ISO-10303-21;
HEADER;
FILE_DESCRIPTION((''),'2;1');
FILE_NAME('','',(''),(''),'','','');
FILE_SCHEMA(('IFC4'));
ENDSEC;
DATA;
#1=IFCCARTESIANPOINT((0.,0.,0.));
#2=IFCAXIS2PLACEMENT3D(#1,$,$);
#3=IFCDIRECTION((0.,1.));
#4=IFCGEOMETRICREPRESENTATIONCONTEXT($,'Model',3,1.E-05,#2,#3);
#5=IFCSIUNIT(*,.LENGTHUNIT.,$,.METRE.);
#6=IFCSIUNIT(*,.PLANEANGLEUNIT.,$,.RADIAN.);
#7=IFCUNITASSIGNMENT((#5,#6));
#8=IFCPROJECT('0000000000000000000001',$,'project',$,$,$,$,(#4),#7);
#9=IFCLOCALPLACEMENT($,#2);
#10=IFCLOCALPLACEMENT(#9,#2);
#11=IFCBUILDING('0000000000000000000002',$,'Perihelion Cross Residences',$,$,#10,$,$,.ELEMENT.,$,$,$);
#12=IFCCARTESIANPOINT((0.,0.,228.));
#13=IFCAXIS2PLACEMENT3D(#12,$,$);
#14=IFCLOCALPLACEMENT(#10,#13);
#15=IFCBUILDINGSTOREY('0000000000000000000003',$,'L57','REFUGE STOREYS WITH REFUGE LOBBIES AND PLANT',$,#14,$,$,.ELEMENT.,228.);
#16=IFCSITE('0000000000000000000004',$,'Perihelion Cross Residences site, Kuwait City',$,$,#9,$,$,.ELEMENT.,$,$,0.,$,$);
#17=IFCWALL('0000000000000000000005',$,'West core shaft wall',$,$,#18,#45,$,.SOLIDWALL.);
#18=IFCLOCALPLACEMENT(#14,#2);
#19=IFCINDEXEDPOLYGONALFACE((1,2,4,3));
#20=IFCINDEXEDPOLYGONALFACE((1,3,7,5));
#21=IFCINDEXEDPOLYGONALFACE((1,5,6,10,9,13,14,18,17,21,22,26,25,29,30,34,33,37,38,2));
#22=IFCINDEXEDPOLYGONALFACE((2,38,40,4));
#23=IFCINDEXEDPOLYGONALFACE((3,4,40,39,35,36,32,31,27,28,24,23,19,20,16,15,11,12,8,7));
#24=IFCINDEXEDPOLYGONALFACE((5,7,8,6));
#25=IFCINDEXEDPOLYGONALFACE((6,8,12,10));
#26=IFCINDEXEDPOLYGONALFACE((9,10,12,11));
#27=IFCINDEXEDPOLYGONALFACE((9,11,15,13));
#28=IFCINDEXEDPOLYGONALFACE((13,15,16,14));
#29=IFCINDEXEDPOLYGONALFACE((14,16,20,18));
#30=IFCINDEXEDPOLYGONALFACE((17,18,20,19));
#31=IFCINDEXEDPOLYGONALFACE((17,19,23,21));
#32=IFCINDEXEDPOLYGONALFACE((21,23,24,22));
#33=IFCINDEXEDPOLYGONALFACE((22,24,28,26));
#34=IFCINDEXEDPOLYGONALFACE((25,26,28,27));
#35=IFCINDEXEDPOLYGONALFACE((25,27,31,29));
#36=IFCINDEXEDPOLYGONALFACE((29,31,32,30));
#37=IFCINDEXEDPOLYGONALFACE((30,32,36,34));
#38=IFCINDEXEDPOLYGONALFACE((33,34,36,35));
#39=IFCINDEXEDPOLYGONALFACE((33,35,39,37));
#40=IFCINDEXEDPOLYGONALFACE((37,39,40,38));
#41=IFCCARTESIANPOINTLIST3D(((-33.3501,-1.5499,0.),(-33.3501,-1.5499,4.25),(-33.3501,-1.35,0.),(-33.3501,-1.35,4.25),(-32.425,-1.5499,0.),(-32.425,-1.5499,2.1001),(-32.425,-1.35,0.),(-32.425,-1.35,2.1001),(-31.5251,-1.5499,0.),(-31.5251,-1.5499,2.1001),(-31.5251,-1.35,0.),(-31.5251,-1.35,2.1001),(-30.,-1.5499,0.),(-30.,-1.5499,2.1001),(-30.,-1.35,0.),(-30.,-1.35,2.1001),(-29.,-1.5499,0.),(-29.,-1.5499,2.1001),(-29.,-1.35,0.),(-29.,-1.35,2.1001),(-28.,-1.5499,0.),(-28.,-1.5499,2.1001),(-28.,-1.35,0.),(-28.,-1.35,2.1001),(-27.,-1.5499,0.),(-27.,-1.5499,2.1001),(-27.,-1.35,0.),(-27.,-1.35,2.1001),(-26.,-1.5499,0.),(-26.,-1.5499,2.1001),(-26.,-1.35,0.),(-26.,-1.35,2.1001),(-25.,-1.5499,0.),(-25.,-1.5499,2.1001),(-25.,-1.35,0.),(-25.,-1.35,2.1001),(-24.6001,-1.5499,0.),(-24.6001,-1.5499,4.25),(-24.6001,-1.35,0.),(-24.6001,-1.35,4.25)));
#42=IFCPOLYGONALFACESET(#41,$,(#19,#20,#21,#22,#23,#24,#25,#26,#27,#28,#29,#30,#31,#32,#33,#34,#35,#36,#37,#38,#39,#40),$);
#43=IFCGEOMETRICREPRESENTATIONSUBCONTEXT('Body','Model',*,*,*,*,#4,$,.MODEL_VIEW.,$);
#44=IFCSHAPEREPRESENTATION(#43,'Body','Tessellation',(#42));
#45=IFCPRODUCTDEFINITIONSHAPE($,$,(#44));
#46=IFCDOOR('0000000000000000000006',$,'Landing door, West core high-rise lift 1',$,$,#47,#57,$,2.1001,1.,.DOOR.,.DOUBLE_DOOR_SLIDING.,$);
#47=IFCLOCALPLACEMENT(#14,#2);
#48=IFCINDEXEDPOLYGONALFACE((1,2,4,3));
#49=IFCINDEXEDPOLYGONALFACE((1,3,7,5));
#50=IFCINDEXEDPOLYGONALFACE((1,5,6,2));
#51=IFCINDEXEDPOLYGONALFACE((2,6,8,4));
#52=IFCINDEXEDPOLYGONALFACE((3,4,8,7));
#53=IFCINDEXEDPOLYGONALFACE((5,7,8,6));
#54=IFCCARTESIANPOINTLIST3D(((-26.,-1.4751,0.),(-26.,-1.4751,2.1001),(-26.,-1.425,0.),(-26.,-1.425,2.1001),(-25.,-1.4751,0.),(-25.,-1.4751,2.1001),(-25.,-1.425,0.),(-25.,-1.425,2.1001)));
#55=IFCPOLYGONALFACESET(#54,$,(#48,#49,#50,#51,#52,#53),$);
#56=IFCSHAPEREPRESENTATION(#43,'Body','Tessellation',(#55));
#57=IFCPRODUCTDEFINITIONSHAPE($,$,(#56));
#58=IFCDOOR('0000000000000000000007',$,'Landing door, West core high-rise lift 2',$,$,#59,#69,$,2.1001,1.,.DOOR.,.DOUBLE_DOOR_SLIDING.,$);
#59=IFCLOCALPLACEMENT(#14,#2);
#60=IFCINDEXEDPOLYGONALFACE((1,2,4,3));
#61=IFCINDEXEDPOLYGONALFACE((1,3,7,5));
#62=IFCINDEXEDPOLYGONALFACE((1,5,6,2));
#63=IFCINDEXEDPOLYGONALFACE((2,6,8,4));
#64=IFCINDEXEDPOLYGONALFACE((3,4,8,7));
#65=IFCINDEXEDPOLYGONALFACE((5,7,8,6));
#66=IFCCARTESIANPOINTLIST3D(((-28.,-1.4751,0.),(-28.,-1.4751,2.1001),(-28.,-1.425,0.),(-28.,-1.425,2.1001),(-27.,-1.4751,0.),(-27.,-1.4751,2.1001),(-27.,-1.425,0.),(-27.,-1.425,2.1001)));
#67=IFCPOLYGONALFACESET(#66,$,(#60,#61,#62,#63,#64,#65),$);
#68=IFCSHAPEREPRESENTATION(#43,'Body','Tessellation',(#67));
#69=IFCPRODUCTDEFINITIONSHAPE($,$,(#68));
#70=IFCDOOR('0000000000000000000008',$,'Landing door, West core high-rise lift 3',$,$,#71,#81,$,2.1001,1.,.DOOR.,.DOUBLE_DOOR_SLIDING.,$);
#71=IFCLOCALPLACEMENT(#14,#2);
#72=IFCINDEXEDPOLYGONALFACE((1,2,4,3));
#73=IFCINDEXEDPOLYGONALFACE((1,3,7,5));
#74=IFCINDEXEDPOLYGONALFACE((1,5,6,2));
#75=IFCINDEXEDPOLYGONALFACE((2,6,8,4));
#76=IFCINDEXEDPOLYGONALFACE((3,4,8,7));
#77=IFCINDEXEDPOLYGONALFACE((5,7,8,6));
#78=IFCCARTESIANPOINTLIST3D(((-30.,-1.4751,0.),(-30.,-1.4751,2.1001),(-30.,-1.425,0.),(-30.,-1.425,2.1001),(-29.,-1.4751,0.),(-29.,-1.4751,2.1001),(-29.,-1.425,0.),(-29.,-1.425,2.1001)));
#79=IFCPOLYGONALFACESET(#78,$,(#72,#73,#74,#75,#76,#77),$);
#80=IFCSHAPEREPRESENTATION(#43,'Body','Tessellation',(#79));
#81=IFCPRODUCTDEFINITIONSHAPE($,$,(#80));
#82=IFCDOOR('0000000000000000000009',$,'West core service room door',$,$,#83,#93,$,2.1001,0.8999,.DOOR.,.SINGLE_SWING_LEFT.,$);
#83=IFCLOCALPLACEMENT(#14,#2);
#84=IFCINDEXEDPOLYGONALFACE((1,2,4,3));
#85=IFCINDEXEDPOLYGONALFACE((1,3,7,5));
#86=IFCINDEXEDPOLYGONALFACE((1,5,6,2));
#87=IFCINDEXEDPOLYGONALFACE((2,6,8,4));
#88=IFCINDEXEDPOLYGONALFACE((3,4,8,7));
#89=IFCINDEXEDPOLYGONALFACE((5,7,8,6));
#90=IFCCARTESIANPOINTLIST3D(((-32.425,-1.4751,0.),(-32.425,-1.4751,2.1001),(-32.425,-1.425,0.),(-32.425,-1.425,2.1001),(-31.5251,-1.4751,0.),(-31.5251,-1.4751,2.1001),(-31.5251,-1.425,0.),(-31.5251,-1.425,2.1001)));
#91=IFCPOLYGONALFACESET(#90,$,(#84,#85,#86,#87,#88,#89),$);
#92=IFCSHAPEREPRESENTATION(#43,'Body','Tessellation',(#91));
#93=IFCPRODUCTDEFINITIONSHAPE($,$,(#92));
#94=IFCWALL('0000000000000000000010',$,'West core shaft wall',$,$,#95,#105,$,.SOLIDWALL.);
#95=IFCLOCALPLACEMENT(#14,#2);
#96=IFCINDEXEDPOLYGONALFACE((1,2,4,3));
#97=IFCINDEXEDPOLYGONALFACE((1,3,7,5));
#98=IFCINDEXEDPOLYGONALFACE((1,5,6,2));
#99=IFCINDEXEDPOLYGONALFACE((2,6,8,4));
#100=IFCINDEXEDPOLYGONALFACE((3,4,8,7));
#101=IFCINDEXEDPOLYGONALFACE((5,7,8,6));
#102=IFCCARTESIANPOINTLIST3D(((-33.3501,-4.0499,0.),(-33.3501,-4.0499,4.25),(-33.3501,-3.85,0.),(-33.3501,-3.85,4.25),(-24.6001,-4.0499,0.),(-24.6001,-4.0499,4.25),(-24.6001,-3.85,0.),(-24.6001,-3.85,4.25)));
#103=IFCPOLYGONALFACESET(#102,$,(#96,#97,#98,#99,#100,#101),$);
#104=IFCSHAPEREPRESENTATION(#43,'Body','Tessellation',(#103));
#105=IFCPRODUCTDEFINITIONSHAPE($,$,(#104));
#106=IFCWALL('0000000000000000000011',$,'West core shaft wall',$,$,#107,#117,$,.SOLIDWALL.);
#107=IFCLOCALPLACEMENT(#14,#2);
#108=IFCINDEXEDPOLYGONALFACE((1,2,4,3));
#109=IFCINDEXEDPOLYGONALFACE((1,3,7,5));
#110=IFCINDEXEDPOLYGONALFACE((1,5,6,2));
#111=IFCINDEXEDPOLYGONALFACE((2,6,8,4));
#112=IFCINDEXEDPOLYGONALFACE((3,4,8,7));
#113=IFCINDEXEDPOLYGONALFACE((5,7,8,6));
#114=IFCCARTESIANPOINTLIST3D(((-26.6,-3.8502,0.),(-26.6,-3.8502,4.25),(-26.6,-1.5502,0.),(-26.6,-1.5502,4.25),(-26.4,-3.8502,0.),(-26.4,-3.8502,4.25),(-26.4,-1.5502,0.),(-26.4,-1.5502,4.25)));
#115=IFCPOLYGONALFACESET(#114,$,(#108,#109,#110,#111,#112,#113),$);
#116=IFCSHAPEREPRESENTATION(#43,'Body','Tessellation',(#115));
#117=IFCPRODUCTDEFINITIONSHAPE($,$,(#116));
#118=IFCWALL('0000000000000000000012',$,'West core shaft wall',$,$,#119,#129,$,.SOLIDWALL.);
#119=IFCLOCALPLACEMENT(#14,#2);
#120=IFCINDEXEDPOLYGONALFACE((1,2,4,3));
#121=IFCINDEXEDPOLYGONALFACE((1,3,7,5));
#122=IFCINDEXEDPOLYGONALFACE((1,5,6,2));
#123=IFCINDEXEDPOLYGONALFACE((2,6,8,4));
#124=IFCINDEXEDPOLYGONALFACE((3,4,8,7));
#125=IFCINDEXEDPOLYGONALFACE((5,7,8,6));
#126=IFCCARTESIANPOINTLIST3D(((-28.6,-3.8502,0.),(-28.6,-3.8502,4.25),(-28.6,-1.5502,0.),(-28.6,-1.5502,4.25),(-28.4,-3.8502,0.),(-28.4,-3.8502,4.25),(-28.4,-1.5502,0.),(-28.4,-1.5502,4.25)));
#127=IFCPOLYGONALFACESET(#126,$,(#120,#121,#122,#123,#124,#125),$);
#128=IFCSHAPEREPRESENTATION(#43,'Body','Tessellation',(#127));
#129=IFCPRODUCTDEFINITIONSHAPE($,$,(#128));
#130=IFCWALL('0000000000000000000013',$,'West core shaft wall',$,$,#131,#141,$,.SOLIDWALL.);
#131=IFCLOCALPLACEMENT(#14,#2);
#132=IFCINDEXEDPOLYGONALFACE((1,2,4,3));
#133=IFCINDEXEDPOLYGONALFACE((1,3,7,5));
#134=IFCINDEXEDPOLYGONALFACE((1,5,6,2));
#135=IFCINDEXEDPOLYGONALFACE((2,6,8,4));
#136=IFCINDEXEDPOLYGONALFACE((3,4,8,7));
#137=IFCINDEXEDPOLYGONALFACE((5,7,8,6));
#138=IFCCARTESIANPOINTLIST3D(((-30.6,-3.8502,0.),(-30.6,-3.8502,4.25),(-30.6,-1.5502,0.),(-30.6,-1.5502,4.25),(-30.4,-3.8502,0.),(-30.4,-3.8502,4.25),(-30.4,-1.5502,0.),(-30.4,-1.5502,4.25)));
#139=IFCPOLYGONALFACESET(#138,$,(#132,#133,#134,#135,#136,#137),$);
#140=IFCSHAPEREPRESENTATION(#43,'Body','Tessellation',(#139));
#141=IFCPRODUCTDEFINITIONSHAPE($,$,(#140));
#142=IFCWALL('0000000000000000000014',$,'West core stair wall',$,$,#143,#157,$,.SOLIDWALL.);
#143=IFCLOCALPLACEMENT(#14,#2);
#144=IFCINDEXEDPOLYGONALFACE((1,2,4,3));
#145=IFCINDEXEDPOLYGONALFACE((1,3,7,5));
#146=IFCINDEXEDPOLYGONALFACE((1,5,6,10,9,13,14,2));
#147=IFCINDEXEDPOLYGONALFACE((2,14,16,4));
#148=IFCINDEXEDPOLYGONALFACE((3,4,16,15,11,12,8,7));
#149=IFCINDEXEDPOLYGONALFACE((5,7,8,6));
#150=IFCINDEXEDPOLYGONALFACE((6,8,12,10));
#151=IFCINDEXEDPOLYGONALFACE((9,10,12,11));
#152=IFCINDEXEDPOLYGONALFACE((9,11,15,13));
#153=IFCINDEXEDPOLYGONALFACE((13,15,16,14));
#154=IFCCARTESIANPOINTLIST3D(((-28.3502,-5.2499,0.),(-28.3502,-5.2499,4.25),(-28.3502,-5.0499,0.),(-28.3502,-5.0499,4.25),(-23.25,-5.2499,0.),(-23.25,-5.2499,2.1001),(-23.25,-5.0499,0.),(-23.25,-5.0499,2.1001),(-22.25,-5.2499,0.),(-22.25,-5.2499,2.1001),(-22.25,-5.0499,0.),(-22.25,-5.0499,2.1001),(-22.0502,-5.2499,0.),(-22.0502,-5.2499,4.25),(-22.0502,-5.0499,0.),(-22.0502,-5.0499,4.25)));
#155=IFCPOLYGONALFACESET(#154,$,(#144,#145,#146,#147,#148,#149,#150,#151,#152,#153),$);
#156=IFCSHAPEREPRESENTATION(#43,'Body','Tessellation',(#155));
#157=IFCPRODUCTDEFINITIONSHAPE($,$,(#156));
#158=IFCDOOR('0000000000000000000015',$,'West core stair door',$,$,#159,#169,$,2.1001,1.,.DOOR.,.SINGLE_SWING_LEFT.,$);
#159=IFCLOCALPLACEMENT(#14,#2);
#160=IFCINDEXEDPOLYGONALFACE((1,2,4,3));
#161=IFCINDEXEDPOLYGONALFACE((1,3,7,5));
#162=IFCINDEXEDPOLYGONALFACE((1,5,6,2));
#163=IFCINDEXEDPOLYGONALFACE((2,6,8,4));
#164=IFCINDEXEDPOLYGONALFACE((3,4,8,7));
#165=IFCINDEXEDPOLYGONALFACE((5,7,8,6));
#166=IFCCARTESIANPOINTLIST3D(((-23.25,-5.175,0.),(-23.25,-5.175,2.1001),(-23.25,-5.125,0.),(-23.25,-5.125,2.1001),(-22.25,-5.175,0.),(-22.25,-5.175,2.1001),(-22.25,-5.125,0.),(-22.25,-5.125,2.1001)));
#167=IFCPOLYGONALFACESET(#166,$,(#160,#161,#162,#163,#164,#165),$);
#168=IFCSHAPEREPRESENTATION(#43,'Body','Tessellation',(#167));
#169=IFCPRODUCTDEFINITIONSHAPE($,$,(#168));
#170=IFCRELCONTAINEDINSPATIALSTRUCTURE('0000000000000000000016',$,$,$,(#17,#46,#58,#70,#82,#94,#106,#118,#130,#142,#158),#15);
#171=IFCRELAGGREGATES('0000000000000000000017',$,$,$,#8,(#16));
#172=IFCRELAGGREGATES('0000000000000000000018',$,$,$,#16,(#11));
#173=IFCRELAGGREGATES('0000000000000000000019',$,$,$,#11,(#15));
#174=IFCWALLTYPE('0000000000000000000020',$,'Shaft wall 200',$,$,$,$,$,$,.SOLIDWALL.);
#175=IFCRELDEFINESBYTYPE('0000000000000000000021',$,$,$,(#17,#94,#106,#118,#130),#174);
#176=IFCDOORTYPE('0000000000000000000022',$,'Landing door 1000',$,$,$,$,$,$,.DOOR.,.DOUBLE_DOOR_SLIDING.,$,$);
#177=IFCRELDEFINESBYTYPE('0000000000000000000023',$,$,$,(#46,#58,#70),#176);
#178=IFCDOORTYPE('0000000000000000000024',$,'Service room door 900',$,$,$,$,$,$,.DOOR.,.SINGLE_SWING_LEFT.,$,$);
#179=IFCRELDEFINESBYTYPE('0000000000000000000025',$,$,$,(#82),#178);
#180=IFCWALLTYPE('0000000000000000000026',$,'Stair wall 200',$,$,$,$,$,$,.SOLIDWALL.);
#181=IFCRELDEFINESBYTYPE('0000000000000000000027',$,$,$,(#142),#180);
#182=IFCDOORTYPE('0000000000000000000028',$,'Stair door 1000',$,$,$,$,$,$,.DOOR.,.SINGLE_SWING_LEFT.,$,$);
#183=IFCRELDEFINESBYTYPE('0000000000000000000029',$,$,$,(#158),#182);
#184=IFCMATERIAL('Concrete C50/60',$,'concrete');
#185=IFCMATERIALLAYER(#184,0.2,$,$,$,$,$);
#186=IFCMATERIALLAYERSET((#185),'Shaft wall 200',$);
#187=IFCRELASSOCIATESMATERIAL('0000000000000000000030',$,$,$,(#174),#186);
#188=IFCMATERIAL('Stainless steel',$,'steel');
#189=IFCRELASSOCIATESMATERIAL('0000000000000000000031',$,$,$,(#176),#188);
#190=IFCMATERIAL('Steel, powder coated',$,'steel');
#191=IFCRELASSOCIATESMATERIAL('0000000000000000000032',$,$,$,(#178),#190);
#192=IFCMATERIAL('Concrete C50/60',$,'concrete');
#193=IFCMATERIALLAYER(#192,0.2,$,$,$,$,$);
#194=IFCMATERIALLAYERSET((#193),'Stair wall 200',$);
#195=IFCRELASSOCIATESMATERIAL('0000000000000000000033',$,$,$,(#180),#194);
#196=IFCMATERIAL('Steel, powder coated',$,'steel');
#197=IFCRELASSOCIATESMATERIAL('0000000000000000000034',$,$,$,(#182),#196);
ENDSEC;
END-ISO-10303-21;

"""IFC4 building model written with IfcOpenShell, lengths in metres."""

from ifc_helpers import new_model, si_unit, direction, frame, frame_2d, origin, place, context, subcontext, project, spatial, rectangle, extrude, material, layer, layer_set, type_object, element, fill, save


model = new_model("IFC4")

# Units and contexts
model_context = context("Model", 3, precision=1e-05, world=origin(), true_north=direction((0.0, 1.0)))
body_context = subcontext(model_context, "Body", "Model", "MODEL_VIEW")
ifc_project = project(units=[si_unit("LENGTHUNIT", "METRE"), si_unit("PLANEANGLEUNIT", "RADIAN")], contexts=[model_context])

# Site, building, storey
site_placement = place(None, origin())
site = spatial("IfcSite", under=ifc_project, at=site_placement, Name="Perihelion Cross Residences site, Kuwait City", CompositionType="ELEMENT", RefElevation=0.0)
building_placement = place(site_placement, origin())
building = spatial("IfcBuilding", under=site, at=building_placement, Name="Perihelion Cross Residences", CompositionType="ELEMENT")
storey_placement = place(building_placement, frame((0.0, 0.0, 228.0)))
storey = spatial("IfcBuildingStorey", under=building, at=storey_placement, Name="L57", Description="REFUGE STOREYS WITH REFUGE LOBBIES AND PLANT", CompositionType="ELEMENT", Elevation=228.0)

# Wall, openings, doors
ifc_material_1 = material(Name="Concrete C50/60", Category="concrete")
ifc_layer_1 = layer(ifc_material_1, 0.2)
ifc_layer_set_1 = layer_set([ifc_layer_1], Name="Shaft wall 200")
wall_type_1 = type_object("IfcWallType", Name="Shaft wall 200", PredefinedType="SOLIDWALL", material=ifc_layer_set_1)
wall_1_placement = place(storey_placement, frame((-33.3501, -1.45, 0.0), z_axis=(0.0, 0.0, 1.0), x_axis=(1.0, 0.0, 0.0)))
wall_1 = element("IfcWall", 1, at=wall_1_placement, inside=storey, type_object=wall_type_1, Name="West core shaft wall", PredefinedType="SOLIDWALL", context=body_context, shape_type="SweptSolid", body=[
    extrude(rectangle(XDim=8.75, YDim=0.2, at=frame_2d((4.375, 0.0))), origin(), (0.0, 0.0, 1.0), 4.25),
])
opening_1_placement = place(wall_1_placement, frame((7.3501, 0.0, 0.0)))
opening_1 = element("IfcOpeningElement", 2, at=opening_1_placement, cuts=wall_1, PredefinedType="OPENING", context=body_context, shape_type="SweptSolid", body=[
    extrude(rectangle(XDim=1.0, YDim=2.1001, at=frame_2d((0.5, 1.05))), frame((0.0, 0.1099, 0.0), z_axis=(0.0, -1.0, 0.0), x_axis=(1.0, 0.0, 0.0)), (0.0, 0.0, 1.0), 0.22),
])
opening_2_placement = place(wall_1_placement, frame((5.3501, 0.0, 0.0)))
opening_2 = element("IfcOpeningElement", 3, at=opening_2_placement, cuts=wall_1, PredefinedType="OPENING", context=body_context, shape_type="SweptSolid", body=[
    extrude(rectangle(XDim=1.0, YDim=2.1001, at=frame_2d((0.5, 1.05))), frame((0.0, 0.1099, 0.0), z_axis=(0.0, -1.0, 0.0), x_axis=(1.0, 0.0, 0.0)), (0.0, 0.0, 1.0), 0.22),
])
opening_3_placement = place(wall_1_placement, frame((3.3501, 0.0, 0.0)))
opening_3 = element("IfcOpeningElement", 4, at=opening_3_placement, cuts=wall_1, PredefinedType="OPENING", context=body_context, shape_type="SweptSolid", body=[
    extrude(rectangle(XDim=1.0, YDim=2.1001, at=frame_2d((0.5, 1.05))), frame((0.0, 0.1099, 0.0), z_axis=(0.0, -1.0, 0.0), x_axis=(1.0, 0.0, 0.0)), (0.0, 0.0, 1.0), 0.22),
])
opening_4_placement = place(wall_1_placement, frame((0.925, 0.0, 0.0)))
opening_4 = element("IfcOpeningElement", 5, at=opening_4_placement, cuts=wall_1, PredefinedType="OPENING", context=body_context, shape_type="SweptSolid", body=[
    extrude(rectangle(XDim=0.8999, YDim=2.1001, at=frame_2d((0.45, 1.05))), frame((0.0, 0.1099, 0.0), z_axis=(0.0, -1.0, 0.0), x_axis=(1.0, 0.0, 0.0)), (0.0, 0.0, 1.0), 0.22),
])
ifc_material_2 = material(Name="Stainless steel", Category="steel")
door_type_1 = type_object("IfcDoorType", Name="Landing door 1000", OperationType="DOUBLE_DOOR_SLIDING", PredefinedType="DOOR", material=ifc_material_2)
door_1_placement = place(opening_1_placement, origin())
door_1 = element("IfcDoor", 6, at=door_1_placement, inside=storey, type_object=door_type_1, Name="Landing door, West core high-rise lift 1", OperationType="DOUBLE_DOOR_SLIDING", OverallHeight=2.1001, OverallWidth=1.0, PredefinedType="DOOR", context=body_context, shape_type="SweptSolid", body=[
    extrude(rectangle(XDim=1.0, YDim=2.1001, at=frame_2d((0.5, 1.05))), frame((0.0, 0.0249, 0.0), z_axis=(0.0, -1.0, 0.0), x_axis=(1.0, 0.0, 0.0)), (0.0, 0.0, 1.0), 0.05),
])
fill(opening_1, door_1)
door_2_placement = place(opening_2_placement, origin())
door_2 = element("IfcDoor", 7, at=door_2_placement, inside=storey, type_object=door_type_1, Name="Landing door, West core high-rise lift 2", OperationType="DOUBLE_DOOR_SLIDING", OverallHeight=2.1001, OverallWidth=1.0, PredefinedType="DOOR", context=body_context, shape_type="SweptSolid", body=[
    extrude(rectangle(XDim=1.0, YDim=2.1001, at=frame_2d((0.5, 1.05))), frame((0.0, 0.0249, 0.0), z_axis=(0.0, -1.0, 0.0), x_axis=(1.0, 0.0, 0.0)), (0.0, 0.0, 1.0), 0.05),
])
fill(opening_2, door_2)
door_3_placement = place(opening_3_placement, origin())
door_3 = element("IfcDoor", 8, at=door_3_placement, inside=storey, type_object=door_type_1, Name="Landing door, West core high-rise lift 3", OperationType="DOUBLE_DOOR_SLIDING", OverallHeight=2.1001, OverallWidth=1.0, PredefinedType="DOOR", context=body_context, shape_type="SweptSolid", body=[
    extrude(rectangle(XDim=1.0, YDim=2.1001, at=frame_2d((0.5, 1.05))), frame((0.0, 0.0249, 0.0), z_axis=(0.0, -1.0, 0.0), x_axis=(1.0, 0.0, 0.0)), (0.0, 0.0, 1.0), 0.05),
])
fill(opening_3, door_3)
ifc_material_3 = material(Name="Steel, powder coated", Category="steel")
door_type_2 = type_object("IfcDoorType", Name="Service room door 900", OperationType="SINGLE_SWING_LEFT", PredefinedType="DOOR", material=ifc_material_3)
door_4_placement = place(opening_4_placement, origin())
door_4 = element("IfcDoor", 9, at=door_4_placement, inside=storey, type_object=door_type_2, Name="West core service room door", OperationType="SINGLE_SWING_LEFT", OverallHeight=2.1001, OverallWidth=0.8999, PredefinedType="DOOR", context=body_context, shape_type="SweptSolid", body=[
    extrude(rectangle(XDim=0.8999, YDim=2.1001, at=frame_2d((0.45, 1.05))), frame((0.0, 0.0249, 0.0), z_axis=(0.0, -1.0, 0.0), x_axis=(1.0, 0.0, 0.0)), (0.0, 0.0, 1.0), 0.05),
])
fill(opening_4, door_4)

# Walls
wall_2_placement = place(storey_placement, frame((-33.3501, -3.95, 0.0), z_axis=(0.0, 0.0, 1.0), x_axis=(1.0, 0.0, 0.0)))
element("IfcWall", 10, at=wall_2_placement, inside=storey, type_object=wall_type_1, Name="West core shaft wall", PredefinedType="SOLIDWALL", context=body_context, shape_type="SweptSolid", body=[
    extrude(rectangle(XDim=8.75, YDim=0.2, at=frame_2d((4.375, 0.0))), origin(), (0.0, 0.0, 1.0), 4.25),
])
for number, where, z_axis, x_axis, name in (
    (11, (-26.5, -3.8501, 0.0), (0.0, 0.0, 1.0), (0.0, 1.0, 0.0), "West core shaft wall"),
    (12, (-28.5, -3.8501, 0.0), (0.0, 0.0, 1.0), (0.0, 1.0, 0.0), "West core shaft wall"),
    (13, (-30.5, -3.8501, 0.0), (0.0, 0.0, 1.0), (0.0, 1.0, 0.0), "West core shaft wall"),
):
    element("IfcWall", number, at=place(storey_placement, frame(where, z_axis=z_axis, x_axis=x_axis)), inside=storey, type_object=wall_type_1, Name=name, PredefinedType="SOLIDWALL", context=body_context, shape_type="SweptSolid", body=[
        extrude(rectangle(XDim=2.3, YDim=0.2, at=frame_2d((1.1499, 0.0))), origin(), (0.0, 0.0, 1.0), 4.25),
    ])

# Wall, opening, door
ifc_material_4 = material(Name="Concrete C50/60", Category="concrete")
ifc_layer_2 = layer(ifc_material_4, 0.2)
ifc_layer_set_2 = layer_set([ifc_layer_2], Name="Stair wall 200")
wall_type_2 = type_object("IfcWallType", Name="Stair wall 200", PredefinedType="SOLIDWALL", material=ifc_layer_set_2)
wall_3_placement = place(storey_placement, frame((-28.3501, -5.1499, 0.0), z_axis=(0.0, 0.0, 1.0), x_axis=(1.0, 0.0, 0.0)))
wall_3 = element("IfcWall", 14, at=wall_3_placement, inside=storey, type_object=wall_type_2, Name="West core stair wall", PredefinedType="SOLIDWALL", context=body_context, shape_type="SweptSolid", body=[
    extrude(rectangle(XDim=6.3, YDim=0.2, at=frame_2d((3.1499, 0.0))), origin(), (0.0, 0.0, 1.0), 4.25),
])
opening_5_placement = place(wall_3_placement, frame((5.1001, 0.0, 0.0)))
opening_5 = element("IfcOpeningElement", 15, at=opening_5_placement, cuts=wall_3, PredefinedType="OPENING", context=body_context, shape_type="SweptSolid", body=[
    extrude(rectangle(XDim=1.0, YDim=2.1001, at=frame_2d((0.5, 1.05))), frame((0.0, 0.1099, 0.0), z_axis=(0.0, -1.0, 0.0), x_axis=(1.0, 0.0, 0.0)), (0.0, 0.0, 1.0), 0.22),
])
ifc_material_5 = material(Name="Steel, powder coated", Category="steel")
door_type_3 = type_object("IfcDoorType", Name="Stair door 1000", OperationType="SINGLE_SWING_LEFT", PredefinedType="DOOR", material=ifc_material_5)
door_5_placement = place(opening_5_placement, origin())
door_5 = element("IfcDoor", 16, at=door_5_placement, inside=storey, type_object=door_type_3, Name="West core stair door", OperationType="SINGLE_SWING_LEFT", OverallHeight=2.1001, OverallWidth=1.0, PredefinedType="DOOR", context=body_context, shape_type="SweptSolid", body=[
    extrude(rectangle(XDim=1.0, YDim=2.1001, at=frame_2d((0.5, 1.05))), frame((0.0, 0.0249, 0.0), z_axis=(0.0, -1.0, 0.0), x_axis=(1.0, 0.0, 0.0)), (0.0, 0.0, 1.0), 0.05),
])
fill(opening_5, door_5)

save(model, "model.ifc")
